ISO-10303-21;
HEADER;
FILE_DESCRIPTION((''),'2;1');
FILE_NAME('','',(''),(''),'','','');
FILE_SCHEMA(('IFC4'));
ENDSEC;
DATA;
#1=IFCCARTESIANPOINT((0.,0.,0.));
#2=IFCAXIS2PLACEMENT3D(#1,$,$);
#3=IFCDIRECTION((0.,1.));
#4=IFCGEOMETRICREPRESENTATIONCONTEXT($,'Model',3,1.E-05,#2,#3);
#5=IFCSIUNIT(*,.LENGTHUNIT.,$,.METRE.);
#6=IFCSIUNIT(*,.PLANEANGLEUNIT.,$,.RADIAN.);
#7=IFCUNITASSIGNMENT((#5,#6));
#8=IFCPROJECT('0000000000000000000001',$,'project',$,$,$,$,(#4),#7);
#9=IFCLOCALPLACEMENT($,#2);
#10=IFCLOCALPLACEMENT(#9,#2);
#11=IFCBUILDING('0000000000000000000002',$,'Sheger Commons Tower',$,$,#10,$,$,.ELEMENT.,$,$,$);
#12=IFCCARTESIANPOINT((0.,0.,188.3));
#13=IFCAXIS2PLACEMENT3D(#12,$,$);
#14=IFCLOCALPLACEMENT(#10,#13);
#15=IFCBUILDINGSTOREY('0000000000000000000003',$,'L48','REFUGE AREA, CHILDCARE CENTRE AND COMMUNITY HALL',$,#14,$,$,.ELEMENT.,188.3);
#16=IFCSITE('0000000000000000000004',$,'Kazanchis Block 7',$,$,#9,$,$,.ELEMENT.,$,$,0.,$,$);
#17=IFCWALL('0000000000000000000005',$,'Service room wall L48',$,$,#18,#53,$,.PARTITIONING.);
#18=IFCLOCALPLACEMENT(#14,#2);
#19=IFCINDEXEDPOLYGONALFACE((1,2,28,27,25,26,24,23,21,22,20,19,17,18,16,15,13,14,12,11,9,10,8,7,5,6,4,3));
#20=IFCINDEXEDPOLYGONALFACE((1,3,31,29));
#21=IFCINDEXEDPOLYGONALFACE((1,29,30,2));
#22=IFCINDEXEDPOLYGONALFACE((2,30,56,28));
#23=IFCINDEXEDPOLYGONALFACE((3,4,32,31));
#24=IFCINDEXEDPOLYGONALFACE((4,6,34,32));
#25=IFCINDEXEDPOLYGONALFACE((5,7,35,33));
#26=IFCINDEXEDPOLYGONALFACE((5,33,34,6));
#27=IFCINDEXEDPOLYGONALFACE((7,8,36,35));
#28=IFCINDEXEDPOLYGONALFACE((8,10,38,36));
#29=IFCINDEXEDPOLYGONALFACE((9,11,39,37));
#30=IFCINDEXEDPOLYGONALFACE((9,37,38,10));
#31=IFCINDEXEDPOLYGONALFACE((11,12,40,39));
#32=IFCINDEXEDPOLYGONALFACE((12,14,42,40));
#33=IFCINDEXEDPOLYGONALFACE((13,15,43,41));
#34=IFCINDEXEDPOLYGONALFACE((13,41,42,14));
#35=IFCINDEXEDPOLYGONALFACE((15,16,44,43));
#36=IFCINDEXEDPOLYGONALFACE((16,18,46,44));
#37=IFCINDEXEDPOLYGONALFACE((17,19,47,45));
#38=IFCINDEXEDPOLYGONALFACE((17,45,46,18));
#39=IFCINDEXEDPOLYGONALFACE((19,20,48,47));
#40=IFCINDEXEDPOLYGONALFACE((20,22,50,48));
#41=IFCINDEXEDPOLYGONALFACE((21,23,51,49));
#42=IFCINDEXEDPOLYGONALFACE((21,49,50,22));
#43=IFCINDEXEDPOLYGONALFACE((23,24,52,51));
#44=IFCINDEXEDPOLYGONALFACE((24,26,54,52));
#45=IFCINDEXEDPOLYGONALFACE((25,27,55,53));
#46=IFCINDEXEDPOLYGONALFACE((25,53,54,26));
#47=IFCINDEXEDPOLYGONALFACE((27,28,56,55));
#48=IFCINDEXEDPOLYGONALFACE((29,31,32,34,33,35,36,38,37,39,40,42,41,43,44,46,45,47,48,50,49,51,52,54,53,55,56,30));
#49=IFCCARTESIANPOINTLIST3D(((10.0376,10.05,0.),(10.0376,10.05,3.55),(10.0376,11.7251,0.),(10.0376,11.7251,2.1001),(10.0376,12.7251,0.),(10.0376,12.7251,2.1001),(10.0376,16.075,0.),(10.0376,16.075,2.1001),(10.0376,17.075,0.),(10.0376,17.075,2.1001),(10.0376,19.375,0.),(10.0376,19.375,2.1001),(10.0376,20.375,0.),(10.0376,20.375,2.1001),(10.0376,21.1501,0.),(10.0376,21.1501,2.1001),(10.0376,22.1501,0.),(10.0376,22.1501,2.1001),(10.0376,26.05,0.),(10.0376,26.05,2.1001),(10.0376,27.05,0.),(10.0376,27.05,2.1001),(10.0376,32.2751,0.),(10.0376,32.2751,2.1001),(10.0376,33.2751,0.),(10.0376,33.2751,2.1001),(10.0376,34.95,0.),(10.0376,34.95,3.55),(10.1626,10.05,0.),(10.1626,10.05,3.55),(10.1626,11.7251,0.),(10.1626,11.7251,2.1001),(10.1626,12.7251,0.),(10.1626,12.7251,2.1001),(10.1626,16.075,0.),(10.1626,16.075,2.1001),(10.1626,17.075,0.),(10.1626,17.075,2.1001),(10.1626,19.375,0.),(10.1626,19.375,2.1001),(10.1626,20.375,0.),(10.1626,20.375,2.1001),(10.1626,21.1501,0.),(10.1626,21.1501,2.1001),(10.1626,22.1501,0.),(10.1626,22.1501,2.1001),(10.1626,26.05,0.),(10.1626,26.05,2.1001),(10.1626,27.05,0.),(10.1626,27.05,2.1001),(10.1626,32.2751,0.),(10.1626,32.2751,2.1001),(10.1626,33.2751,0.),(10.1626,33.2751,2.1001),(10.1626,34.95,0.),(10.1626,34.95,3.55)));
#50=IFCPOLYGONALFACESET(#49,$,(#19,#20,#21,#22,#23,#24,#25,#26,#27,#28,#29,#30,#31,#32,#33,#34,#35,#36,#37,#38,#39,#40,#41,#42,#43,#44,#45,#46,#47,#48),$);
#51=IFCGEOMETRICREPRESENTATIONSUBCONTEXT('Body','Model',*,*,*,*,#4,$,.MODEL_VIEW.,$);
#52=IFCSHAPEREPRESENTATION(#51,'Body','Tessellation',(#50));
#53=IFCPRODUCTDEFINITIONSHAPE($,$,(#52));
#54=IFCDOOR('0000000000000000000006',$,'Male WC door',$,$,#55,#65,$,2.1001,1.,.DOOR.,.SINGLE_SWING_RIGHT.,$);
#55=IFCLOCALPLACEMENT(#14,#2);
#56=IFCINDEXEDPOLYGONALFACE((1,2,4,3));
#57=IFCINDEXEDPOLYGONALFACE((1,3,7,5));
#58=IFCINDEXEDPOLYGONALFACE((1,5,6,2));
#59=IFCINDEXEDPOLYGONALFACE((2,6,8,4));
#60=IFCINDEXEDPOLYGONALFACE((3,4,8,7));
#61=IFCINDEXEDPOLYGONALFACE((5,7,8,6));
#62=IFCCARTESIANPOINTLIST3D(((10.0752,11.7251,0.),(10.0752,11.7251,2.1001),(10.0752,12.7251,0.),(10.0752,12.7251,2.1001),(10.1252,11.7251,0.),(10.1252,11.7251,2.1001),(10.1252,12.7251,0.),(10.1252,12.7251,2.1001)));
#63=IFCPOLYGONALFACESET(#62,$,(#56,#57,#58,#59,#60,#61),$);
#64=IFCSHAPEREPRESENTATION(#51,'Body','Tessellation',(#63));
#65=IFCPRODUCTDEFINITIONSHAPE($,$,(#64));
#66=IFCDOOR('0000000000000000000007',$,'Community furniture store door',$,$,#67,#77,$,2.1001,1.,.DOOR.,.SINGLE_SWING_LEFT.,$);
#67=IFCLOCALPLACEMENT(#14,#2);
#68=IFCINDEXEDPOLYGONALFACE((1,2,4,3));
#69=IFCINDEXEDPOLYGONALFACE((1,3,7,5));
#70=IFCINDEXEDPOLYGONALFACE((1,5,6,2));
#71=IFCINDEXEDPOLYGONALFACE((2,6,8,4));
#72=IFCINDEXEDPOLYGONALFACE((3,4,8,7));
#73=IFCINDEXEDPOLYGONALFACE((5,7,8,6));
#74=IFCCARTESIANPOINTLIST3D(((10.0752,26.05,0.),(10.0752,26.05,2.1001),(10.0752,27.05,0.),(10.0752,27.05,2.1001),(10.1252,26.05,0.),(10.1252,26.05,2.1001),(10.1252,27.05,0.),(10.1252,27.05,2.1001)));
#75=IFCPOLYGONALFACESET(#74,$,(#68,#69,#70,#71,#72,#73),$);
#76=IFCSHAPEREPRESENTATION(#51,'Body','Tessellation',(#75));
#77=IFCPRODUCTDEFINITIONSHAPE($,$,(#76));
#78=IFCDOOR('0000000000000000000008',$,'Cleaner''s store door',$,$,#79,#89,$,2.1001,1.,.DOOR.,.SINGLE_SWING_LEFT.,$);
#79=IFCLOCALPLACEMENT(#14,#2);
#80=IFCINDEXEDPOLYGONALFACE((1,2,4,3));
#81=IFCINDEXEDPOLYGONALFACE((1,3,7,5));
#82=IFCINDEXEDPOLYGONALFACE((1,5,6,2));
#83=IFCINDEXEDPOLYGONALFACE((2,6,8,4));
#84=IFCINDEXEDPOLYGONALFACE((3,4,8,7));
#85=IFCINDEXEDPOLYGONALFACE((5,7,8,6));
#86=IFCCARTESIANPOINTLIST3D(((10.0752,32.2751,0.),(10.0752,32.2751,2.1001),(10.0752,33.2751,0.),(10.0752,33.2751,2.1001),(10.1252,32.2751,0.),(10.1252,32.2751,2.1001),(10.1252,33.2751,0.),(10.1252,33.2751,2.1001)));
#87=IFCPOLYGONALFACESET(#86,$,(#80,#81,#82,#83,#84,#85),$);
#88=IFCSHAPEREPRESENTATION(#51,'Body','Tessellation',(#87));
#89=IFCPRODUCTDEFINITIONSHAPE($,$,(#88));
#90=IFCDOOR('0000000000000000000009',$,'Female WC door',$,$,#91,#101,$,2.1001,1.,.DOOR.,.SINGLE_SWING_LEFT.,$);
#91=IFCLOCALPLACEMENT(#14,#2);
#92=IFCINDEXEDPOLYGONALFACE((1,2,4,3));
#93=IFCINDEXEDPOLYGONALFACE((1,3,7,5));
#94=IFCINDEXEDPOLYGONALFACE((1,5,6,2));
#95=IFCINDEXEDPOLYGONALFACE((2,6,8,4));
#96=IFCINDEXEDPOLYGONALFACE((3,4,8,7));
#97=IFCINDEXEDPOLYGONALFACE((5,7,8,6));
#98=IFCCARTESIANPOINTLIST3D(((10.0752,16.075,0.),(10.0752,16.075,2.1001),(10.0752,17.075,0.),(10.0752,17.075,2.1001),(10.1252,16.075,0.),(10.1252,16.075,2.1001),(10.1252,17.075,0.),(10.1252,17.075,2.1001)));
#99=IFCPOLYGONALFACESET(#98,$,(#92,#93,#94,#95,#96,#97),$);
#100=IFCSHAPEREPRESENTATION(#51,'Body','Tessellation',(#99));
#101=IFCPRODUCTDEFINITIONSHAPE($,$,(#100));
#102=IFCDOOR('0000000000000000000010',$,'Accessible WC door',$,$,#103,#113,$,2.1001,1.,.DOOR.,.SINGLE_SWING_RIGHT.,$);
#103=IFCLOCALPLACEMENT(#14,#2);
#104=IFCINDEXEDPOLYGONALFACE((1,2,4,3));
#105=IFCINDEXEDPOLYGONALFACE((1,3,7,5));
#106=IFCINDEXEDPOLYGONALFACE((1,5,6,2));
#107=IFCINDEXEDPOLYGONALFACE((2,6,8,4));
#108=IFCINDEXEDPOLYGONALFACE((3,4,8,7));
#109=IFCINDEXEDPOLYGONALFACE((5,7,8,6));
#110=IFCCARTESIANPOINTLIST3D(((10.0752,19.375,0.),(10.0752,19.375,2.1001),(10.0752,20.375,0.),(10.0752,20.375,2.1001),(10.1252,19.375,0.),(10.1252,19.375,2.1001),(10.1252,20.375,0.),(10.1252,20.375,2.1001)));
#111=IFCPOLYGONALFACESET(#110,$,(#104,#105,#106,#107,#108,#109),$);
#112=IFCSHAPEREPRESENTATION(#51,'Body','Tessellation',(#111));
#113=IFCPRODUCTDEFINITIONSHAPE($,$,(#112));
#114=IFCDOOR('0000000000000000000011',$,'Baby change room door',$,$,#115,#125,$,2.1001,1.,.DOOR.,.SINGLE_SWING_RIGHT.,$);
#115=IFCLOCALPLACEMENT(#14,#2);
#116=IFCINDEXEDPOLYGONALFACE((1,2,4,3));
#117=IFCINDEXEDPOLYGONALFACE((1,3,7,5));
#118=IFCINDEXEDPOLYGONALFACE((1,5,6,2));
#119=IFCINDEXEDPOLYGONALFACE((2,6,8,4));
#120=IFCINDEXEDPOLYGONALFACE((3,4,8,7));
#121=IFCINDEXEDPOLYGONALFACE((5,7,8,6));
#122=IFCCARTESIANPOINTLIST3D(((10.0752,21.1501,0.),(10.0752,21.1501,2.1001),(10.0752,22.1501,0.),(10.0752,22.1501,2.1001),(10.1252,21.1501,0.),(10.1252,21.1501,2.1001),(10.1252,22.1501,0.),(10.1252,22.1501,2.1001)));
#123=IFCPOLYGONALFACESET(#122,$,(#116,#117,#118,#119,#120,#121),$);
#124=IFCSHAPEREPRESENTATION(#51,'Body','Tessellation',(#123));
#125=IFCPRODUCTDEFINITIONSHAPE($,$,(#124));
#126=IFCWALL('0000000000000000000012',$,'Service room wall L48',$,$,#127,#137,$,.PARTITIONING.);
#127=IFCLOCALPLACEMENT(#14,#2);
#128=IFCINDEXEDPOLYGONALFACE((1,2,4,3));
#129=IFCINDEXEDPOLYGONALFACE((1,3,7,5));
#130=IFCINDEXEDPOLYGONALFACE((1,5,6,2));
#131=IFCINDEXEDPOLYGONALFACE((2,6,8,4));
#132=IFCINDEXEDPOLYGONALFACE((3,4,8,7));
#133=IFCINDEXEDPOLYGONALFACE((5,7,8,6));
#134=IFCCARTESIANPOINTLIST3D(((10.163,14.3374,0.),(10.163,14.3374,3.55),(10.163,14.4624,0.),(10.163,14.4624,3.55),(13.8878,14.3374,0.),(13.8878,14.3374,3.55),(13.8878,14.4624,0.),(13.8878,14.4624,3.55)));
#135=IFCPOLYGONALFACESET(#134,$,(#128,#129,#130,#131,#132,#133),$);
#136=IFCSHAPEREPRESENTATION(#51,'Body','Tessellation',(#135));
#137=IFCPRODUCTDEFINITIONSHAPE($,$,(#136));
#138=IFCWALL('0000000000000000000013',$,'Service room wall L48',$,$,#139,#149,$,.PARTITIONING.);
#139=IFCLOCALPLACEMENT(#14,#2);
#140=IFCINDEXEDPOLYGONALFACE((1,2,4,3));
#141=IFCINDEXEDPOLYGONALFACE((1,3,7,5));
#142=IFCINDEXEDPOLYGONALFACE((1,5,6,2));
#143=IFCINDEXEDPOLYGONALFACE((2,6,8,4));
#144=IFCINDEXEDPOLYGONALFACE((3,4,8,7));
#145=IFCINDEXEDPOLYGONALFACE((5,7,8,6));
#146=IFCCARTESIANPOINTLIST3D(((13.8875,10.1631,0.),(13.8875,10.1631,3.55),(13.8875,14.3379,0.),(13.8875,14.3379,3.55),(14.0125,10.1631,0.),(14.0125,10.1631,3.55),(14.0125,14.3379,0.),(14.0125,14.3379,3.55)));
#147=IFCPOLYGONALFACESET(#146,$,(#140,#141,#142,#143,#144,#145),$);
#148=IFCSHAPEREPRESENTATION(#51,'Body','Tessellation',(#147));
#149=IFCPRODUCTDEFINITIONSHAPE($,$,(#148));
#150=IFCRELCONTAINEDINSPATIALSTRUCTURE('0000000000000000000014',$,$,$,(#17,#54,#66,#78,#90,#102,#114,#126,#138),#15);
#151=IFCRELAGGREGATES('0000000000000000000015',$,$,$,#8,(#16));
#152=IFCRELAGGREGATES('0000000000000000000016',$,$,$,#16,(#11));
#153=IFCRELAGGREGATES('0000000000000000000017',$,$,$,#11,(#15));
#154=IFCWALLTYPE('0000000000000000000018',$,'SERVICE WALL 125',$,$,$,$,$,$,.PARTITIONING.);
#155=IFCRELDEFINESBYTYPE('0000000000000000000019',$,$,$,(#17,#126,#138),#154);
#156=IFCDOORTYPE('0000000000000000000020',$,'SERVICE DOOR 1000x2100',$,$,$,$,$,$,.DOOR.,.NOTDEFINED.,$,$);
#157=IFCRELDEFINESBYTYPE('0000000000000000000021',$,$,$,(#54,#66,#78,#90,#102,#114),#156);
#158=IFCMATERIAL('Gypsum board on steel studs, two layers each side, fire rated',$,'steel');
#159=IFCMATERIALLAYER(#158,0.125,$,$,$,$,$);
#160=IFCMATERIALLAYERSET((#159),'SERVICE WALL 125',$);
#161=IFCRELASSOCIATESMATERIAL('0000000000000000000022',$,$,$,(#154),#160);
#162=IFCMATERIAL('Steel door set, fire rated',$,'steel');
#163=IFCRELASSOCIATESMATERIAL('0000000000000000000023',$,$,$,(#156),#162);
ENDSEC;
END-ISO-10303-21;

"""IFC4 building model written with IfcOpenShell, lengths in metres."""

from ifc_helpers import new_model, si_unit, direction, frame, frame_2d, origin, place, context, subcontext, project, spatial, rectangle, extrude, material, layer, layer_set, type_object, element, fill, save


model = new_model("IFC4")

# Units and contexts
model_context = context("Model", 3, precision=1e-05, world=origin(), true_north=direction((0.0, 1.0)))
body_context = subcontext(model_context, "Body", "Model", "MODEL_VIEW")
ifc_project = project(units=[si_unit("LENGTHUNIT", "METRE"), si_unit("PLANEANGLEUNIT", "RADIAN")], contexts=[model_context])

# Site, building, storey
site_placement = place(None, origin())
site = spatial("IfcSite", under=ifc_project, at=site_placement, Name="Kazanchis Block 7", CompositionType="ELEMENT", RefElevation=0.0)
building_placement = place(site_placement, origin())
building = spatial("IfcBuilding", under=site, at=building_placement, Name="Sheger Commons Tower", CompositionType="ELEMENT")
storey_placement = place(building_placement, frame((0.0, 0.0, 188.3)))
storey = spatial("IfcBuildingStorey", under=building, at=storey_placement, Name="L48", Description="REFUGE AREA, CHILDCARE CENTRE AND COMMUNITY HALL", CompositionType="ELEMENT", Elevation=188.3)

# Wall, openings, doors
ifc_material_1 = material(Name="Gypsum board on steel studs, two layers each side, fire rated", Category="steel")
ifc_layer_1 = layer(ifc_material_1, 0.125)
ifc_layer_set_1 = layer_set([ifc_layer_1], Name="SERVICE WALL 125")
wall_type_1 = type_object("IfcWallType", Name="SERVICE WALL 125", PredefinedType="PARTITIONING", material=ifc_layer_set_1)
wall_1_placement = place(storey_placement, frame((10.1001, 10.05, 0.0), z_axis=(0.0, 0.0, 1.0), x_axis=(0.0, 1.0, 0.0)))
wall_1 = element("IfcWall", 1, at=wall_1_placement, inside=storey, type_object=wall_type_1, Name="Service room wall L48", PredefinedType="PARTITIONING", context=body_context, shape_type="SweptSolid", body=[
    extrude(rectangle(XDim=24.8999, YDim=0.125, at=frame_2d((12.45, 0.0))), origin(), (0.0, 0.0, 1.0), 3.55),
])
opening_1_placement = place(wall_1_placement, frame((1.675, 0.0, 0.0)))
opening_1 = element("IfcOpeningElement", 2, at=opening_1_placement, cuts=wall_1, PredefinedType="OPENING", context=body_context, shape_type="SweptSolid", body=[
    extrude(rectangle(XDim=1.0, YDim=2.1001, at=frame_2d((0.5, 1.05))), frame((0.0, 0.0725, 0.0), z_axis=(0.0, -1.0, 0.0), x_axis=(1.0, 0.0, 0.0)), (0.0, 0.0, 1.0), 0.145),
])
opening_2_placement = place(wall_1_placement, frame((16.0, 0.0, 0.0)))
opening_2 = element("IfcOpeningElement", 3, at=opening_2_placement, cuts=wall_1, PredefinedType="OPENING", context=body_context, shape_type="SweptSolid", body=[
    extrude(rectangle(XDim=1.0, YDim=2.1001, at=frame_2d((0.5, 1.05))), frame((0.0, 0.0725, 0.0), z_axis=(0.0, -1.0, 0.0), x_axis=(1.0, 0.0, 0.0)), (0.0, 0.0, 1.0), 0.145),
])
opening_3_placement = place(wall_1_placement, frame((22.2251, 0.0, 0.0)))
opening_3 = element("IfcOpeningElement", 4, at=opening_3_placement, cuts=wall_1, PredefinedType="OPENING", context=body_context, shape_type="SweptSolid", body=[
    extrude(rectangle(XDim=1.0, YDim=2.1001, at=frame_2d((0.5, 1.05))), frame((0.0, 0.0725, 0.0), z_axis=(0.0, -1.0, 0.0), x_axis=(1.0, 0.0, 0.0)), (0.0, 0.0, 1.0), 0.145),
])
opening_4_placement = place(wall_1_placement, frame((6.0249, 0.0, 0.0)))
opening_4 = element("IfcOpeningElement", 5, at=opening_4_placement, cuts=wall_1, PredefinedType="OPENING", context=body_context, shape_type="SweptSolid", body=[
    extrude(rectangle(XDim=1.0, YDim=2.1001, at=frame_2d((0.5, 1.05))), frame((0.0, 0.0725, 0.0), z_axis=(0.0, -1.0, 0.0), x_axis=(1.0, 0.0, 0.0)), (0.0, 0.0, 1.0), 0.145),
])
opening_5_placement = place(wall_1_placement, frame((9.325, 0.0, 0.0)))
opening_5 = element("IfcOpeningElement", 6, at=opening_5_placement, cuts=wall_1, PredefinedType="OPENING", context=body_context, shape_type="SweptSolid", body=[
    extrude(rectangle(XDim=1.0, YDim=2.1001, at=frame_2d((0.5, 1.05))), frame((0.0, 0.0725, 0.0), z_axis=(0.0, -1.0, 0.0), x_axis=(1.0, 0.0, 0.0)), (0.0, 0.0, 1.0), 0.145),
])
opening_6_placement = place(wall_1_placement, frame((11.1001, 0.0, 0.0)))
opening_6 = element("IfcOpeningElement", 7, at=opening_6_placement, cuts=wall_1, PredefinedType="OPENING", context=body_context, shape_type="SweptSolid", body=[
    extrude(rectangle(XDim=1.0, YDim=2.1001, at=frame_2d((0.5, 1.05))), frame((0.0, 0.0725, 0.0), z_axis=(0.0, -1.0, 0.0), x_axis=(1.0, 0.0, 0.0)), (0.0, 0.0, 1.0), 0.145),
])
ifc_material_2 = material(Name="Steel door set, fire rated", Category="steel")
door_type_1 = type_object("IfcDoorType", Name="SERVICE DOOR 1000x2100", OperationType="NOTDEFINED", PredefinedType="DOOR", material=ifc_material_2)
door_1_placement = place(opening_1_placement, origin())
door_1 = element("IfcDoor", 8, at=door_1_placement, inside=storey, type_object=door_type_1, Name="Male WC door", OperationType="SINGLE_SWING_RIGHT", OverallHeight=2.1001, OverallWidth=1.0, PredefinedType="DOOR", context=body_context, shape_type="SweptSolid", body=[
    extrude(rectangle(XDim=1.0, YDim=2.1001, at=frame_2d((0.5, 1.05))), frame((0.0, 0.0249, 0.0), z_axis=(0.0, -1.0, 0.0), x_axis=(1.0, 0.0, 0.0)), (0.0, 0.0, 1.0), 0.05),
])
fill(opening_1, door_1)
door_2_placement = place(opening_2_placement, origin())
door_2 = element("IfcDoor", 9, at=door_2_placement, inside=storey, type_object=door_type_1, Name="Community furniture store door", OperationType="SINGLE_SWING_LEFT", OverallHeight=2.1001, OverallWidth=1.0, PredefinedType="DOOR", context=body_context, shape_type="SweptSolid", body=[
    extrude(rectangle(XDim=1.0, YDim=2.1001, at=frame_2d((0.5, 1.05))), frame((0.0, 0.0249, 0.0), z_axis=(0.0, -1.0, 0.0), x_axis=(1.0, 0.0, 0.0)), (0.0, 0.0, 1.0), 0.05),
])
fill(opening_2, door_2)
door_3_placement = place(opening_3_placement, origin())
door_3 = element("IfcDoor", 10, at=door_3_placement, inside=storey, type_object=door_type_1, Name="Cleaner's store door", OperationType="SINGLE_SWING_LEFT", OverallHeight=2.1001, OverallWidth=1.0, PredefinedType="DOOR", context=body_context, shape_type="SweptSolid", body=[
    extrude(rectangle(XDim=1.0, YDim=2.1001, at=frame_2d((0.5, 1.05))), frame((0.0, 0.0249, 0.0), z_axis=(0.0, -1.0, 0.0), x_axis=(1.0, 0.0, 0.0)), (0.0, 0.0, 1.0), 0.05),
])
fill(opening_3, door_3)
door_4_placement = place(opening_4_placement, origin())
door_4 = element("IfcDoor", 11, at=door_4_placement, inside=storey, type_object=door_type_1, Name="Female WC door", OperationType="SINGLE_SWING_LEFT", OverallHeight=2.1001, OverallWidth=1.0, PredefinedType="DOOR", context=body_context, shape_type="SweptSolid", body=[
    extrude(rectangle(XDim=1.0, YDim=2.1001, at=frame_2d((0.5, 1.05))), frame((0.0, 0.0249, 0.0), z_axis=(0.0, -1.0, 0.0), x_axis=(1.0, 0.0, 0.0)), (0.0, 0.0, 1.0), 0.05),
])
fill(opening_4, door_4)
door_5_placement = place(opening_5_placement, origin())
door_5 = element("IfcDoor", 12, at=door_5_placement, inside=storey, type_object=door_type_1, Name="Accessible WC door", OperationType="SINGLE_SWING_RIGHT", OverallHeight=2.1001, OverallWidth=1.0, PredefinedType="DOOR", context=body_context, shape_type="SweptSolid", body=[
    extrude(rectangle(XDim=1.0, YDim=2.1001, at=frame_2d((0.5, 1.05))), frame((0.0, 0.0249, 0.0), z_axis=(0.0, -1.0, 0.0), x_axis=(1.0, 0.0, 0.0)), (0.0, 0.0, 1.0), 0.05),
])
fill(opening_5, door_5)
door_6_placement = place(opening_6_placement, origin())
door_6 = element("IfcDoor", 13, at=door_6_placement, inside=storey, type_object=door_type_1, Name="Baby change room door", OperationType="SINGLE_SWING_RIGHT", OverallHeight=2.1001, OverallWidth=1.0, PredefinedType="DOOR", context=body_context, shape_type="SweptSolid", body=[
    extrude(rectangle(XDim=1.0, YDim=2.1001, at=frame_2d((0.5, 1.05))), frame((0.0, 0.0249, 0.0), z_axis=(0.0, -1.0, 0.0), x_axis=(1.0, 0.0, 0.0)), (0.0, 0.0, 1.0), 0.05),
])
fill(opening_6, door_6)

# Walls
wall_2_placement = place(storey_placement, frame((10.1631, 14.3999, 0.0), z_axis=(0.0, 0.0, 1.0), x_axis=(1.0, 0.0, 0.0)))
element("IfcWall", 14, at=wall_2_placement, inside=storey, type_object=wall_type_1, Name="Service room wall L48", PredefinedType="PARTITIONING", context=body_context, shape_type="SweptSolid", body=[
    extrude(rectangle(XDim=3.7249, YDim=0.125, at=frame_2d((1.8623, 0.0))), origin(), (0.0, 0.0, 1.0), 3.55),
])
wall_3_placement = place(storey_placement, frame((13.95, 10.1631, 0.0), z_axis=(0.0, 0.0, 1.0), x_axis=(0.0, 1.0, 0.0)))
element("IfcWall", 15, at=wall_3_placement, inside=storey, type_object=wall_type_1, Name="Service room wall L48", PredefinedType="PARTITIONING", context=body_context, shape_type="SweptSolid", body=[
    extrude(rectangle(XDim=4.1748, YDim=0.125, at=frame_2d((2.0874, 0.0))), origin(), (0.0, 0.0, 1.0), 3.55),
])

save(model, "model.ifc")
